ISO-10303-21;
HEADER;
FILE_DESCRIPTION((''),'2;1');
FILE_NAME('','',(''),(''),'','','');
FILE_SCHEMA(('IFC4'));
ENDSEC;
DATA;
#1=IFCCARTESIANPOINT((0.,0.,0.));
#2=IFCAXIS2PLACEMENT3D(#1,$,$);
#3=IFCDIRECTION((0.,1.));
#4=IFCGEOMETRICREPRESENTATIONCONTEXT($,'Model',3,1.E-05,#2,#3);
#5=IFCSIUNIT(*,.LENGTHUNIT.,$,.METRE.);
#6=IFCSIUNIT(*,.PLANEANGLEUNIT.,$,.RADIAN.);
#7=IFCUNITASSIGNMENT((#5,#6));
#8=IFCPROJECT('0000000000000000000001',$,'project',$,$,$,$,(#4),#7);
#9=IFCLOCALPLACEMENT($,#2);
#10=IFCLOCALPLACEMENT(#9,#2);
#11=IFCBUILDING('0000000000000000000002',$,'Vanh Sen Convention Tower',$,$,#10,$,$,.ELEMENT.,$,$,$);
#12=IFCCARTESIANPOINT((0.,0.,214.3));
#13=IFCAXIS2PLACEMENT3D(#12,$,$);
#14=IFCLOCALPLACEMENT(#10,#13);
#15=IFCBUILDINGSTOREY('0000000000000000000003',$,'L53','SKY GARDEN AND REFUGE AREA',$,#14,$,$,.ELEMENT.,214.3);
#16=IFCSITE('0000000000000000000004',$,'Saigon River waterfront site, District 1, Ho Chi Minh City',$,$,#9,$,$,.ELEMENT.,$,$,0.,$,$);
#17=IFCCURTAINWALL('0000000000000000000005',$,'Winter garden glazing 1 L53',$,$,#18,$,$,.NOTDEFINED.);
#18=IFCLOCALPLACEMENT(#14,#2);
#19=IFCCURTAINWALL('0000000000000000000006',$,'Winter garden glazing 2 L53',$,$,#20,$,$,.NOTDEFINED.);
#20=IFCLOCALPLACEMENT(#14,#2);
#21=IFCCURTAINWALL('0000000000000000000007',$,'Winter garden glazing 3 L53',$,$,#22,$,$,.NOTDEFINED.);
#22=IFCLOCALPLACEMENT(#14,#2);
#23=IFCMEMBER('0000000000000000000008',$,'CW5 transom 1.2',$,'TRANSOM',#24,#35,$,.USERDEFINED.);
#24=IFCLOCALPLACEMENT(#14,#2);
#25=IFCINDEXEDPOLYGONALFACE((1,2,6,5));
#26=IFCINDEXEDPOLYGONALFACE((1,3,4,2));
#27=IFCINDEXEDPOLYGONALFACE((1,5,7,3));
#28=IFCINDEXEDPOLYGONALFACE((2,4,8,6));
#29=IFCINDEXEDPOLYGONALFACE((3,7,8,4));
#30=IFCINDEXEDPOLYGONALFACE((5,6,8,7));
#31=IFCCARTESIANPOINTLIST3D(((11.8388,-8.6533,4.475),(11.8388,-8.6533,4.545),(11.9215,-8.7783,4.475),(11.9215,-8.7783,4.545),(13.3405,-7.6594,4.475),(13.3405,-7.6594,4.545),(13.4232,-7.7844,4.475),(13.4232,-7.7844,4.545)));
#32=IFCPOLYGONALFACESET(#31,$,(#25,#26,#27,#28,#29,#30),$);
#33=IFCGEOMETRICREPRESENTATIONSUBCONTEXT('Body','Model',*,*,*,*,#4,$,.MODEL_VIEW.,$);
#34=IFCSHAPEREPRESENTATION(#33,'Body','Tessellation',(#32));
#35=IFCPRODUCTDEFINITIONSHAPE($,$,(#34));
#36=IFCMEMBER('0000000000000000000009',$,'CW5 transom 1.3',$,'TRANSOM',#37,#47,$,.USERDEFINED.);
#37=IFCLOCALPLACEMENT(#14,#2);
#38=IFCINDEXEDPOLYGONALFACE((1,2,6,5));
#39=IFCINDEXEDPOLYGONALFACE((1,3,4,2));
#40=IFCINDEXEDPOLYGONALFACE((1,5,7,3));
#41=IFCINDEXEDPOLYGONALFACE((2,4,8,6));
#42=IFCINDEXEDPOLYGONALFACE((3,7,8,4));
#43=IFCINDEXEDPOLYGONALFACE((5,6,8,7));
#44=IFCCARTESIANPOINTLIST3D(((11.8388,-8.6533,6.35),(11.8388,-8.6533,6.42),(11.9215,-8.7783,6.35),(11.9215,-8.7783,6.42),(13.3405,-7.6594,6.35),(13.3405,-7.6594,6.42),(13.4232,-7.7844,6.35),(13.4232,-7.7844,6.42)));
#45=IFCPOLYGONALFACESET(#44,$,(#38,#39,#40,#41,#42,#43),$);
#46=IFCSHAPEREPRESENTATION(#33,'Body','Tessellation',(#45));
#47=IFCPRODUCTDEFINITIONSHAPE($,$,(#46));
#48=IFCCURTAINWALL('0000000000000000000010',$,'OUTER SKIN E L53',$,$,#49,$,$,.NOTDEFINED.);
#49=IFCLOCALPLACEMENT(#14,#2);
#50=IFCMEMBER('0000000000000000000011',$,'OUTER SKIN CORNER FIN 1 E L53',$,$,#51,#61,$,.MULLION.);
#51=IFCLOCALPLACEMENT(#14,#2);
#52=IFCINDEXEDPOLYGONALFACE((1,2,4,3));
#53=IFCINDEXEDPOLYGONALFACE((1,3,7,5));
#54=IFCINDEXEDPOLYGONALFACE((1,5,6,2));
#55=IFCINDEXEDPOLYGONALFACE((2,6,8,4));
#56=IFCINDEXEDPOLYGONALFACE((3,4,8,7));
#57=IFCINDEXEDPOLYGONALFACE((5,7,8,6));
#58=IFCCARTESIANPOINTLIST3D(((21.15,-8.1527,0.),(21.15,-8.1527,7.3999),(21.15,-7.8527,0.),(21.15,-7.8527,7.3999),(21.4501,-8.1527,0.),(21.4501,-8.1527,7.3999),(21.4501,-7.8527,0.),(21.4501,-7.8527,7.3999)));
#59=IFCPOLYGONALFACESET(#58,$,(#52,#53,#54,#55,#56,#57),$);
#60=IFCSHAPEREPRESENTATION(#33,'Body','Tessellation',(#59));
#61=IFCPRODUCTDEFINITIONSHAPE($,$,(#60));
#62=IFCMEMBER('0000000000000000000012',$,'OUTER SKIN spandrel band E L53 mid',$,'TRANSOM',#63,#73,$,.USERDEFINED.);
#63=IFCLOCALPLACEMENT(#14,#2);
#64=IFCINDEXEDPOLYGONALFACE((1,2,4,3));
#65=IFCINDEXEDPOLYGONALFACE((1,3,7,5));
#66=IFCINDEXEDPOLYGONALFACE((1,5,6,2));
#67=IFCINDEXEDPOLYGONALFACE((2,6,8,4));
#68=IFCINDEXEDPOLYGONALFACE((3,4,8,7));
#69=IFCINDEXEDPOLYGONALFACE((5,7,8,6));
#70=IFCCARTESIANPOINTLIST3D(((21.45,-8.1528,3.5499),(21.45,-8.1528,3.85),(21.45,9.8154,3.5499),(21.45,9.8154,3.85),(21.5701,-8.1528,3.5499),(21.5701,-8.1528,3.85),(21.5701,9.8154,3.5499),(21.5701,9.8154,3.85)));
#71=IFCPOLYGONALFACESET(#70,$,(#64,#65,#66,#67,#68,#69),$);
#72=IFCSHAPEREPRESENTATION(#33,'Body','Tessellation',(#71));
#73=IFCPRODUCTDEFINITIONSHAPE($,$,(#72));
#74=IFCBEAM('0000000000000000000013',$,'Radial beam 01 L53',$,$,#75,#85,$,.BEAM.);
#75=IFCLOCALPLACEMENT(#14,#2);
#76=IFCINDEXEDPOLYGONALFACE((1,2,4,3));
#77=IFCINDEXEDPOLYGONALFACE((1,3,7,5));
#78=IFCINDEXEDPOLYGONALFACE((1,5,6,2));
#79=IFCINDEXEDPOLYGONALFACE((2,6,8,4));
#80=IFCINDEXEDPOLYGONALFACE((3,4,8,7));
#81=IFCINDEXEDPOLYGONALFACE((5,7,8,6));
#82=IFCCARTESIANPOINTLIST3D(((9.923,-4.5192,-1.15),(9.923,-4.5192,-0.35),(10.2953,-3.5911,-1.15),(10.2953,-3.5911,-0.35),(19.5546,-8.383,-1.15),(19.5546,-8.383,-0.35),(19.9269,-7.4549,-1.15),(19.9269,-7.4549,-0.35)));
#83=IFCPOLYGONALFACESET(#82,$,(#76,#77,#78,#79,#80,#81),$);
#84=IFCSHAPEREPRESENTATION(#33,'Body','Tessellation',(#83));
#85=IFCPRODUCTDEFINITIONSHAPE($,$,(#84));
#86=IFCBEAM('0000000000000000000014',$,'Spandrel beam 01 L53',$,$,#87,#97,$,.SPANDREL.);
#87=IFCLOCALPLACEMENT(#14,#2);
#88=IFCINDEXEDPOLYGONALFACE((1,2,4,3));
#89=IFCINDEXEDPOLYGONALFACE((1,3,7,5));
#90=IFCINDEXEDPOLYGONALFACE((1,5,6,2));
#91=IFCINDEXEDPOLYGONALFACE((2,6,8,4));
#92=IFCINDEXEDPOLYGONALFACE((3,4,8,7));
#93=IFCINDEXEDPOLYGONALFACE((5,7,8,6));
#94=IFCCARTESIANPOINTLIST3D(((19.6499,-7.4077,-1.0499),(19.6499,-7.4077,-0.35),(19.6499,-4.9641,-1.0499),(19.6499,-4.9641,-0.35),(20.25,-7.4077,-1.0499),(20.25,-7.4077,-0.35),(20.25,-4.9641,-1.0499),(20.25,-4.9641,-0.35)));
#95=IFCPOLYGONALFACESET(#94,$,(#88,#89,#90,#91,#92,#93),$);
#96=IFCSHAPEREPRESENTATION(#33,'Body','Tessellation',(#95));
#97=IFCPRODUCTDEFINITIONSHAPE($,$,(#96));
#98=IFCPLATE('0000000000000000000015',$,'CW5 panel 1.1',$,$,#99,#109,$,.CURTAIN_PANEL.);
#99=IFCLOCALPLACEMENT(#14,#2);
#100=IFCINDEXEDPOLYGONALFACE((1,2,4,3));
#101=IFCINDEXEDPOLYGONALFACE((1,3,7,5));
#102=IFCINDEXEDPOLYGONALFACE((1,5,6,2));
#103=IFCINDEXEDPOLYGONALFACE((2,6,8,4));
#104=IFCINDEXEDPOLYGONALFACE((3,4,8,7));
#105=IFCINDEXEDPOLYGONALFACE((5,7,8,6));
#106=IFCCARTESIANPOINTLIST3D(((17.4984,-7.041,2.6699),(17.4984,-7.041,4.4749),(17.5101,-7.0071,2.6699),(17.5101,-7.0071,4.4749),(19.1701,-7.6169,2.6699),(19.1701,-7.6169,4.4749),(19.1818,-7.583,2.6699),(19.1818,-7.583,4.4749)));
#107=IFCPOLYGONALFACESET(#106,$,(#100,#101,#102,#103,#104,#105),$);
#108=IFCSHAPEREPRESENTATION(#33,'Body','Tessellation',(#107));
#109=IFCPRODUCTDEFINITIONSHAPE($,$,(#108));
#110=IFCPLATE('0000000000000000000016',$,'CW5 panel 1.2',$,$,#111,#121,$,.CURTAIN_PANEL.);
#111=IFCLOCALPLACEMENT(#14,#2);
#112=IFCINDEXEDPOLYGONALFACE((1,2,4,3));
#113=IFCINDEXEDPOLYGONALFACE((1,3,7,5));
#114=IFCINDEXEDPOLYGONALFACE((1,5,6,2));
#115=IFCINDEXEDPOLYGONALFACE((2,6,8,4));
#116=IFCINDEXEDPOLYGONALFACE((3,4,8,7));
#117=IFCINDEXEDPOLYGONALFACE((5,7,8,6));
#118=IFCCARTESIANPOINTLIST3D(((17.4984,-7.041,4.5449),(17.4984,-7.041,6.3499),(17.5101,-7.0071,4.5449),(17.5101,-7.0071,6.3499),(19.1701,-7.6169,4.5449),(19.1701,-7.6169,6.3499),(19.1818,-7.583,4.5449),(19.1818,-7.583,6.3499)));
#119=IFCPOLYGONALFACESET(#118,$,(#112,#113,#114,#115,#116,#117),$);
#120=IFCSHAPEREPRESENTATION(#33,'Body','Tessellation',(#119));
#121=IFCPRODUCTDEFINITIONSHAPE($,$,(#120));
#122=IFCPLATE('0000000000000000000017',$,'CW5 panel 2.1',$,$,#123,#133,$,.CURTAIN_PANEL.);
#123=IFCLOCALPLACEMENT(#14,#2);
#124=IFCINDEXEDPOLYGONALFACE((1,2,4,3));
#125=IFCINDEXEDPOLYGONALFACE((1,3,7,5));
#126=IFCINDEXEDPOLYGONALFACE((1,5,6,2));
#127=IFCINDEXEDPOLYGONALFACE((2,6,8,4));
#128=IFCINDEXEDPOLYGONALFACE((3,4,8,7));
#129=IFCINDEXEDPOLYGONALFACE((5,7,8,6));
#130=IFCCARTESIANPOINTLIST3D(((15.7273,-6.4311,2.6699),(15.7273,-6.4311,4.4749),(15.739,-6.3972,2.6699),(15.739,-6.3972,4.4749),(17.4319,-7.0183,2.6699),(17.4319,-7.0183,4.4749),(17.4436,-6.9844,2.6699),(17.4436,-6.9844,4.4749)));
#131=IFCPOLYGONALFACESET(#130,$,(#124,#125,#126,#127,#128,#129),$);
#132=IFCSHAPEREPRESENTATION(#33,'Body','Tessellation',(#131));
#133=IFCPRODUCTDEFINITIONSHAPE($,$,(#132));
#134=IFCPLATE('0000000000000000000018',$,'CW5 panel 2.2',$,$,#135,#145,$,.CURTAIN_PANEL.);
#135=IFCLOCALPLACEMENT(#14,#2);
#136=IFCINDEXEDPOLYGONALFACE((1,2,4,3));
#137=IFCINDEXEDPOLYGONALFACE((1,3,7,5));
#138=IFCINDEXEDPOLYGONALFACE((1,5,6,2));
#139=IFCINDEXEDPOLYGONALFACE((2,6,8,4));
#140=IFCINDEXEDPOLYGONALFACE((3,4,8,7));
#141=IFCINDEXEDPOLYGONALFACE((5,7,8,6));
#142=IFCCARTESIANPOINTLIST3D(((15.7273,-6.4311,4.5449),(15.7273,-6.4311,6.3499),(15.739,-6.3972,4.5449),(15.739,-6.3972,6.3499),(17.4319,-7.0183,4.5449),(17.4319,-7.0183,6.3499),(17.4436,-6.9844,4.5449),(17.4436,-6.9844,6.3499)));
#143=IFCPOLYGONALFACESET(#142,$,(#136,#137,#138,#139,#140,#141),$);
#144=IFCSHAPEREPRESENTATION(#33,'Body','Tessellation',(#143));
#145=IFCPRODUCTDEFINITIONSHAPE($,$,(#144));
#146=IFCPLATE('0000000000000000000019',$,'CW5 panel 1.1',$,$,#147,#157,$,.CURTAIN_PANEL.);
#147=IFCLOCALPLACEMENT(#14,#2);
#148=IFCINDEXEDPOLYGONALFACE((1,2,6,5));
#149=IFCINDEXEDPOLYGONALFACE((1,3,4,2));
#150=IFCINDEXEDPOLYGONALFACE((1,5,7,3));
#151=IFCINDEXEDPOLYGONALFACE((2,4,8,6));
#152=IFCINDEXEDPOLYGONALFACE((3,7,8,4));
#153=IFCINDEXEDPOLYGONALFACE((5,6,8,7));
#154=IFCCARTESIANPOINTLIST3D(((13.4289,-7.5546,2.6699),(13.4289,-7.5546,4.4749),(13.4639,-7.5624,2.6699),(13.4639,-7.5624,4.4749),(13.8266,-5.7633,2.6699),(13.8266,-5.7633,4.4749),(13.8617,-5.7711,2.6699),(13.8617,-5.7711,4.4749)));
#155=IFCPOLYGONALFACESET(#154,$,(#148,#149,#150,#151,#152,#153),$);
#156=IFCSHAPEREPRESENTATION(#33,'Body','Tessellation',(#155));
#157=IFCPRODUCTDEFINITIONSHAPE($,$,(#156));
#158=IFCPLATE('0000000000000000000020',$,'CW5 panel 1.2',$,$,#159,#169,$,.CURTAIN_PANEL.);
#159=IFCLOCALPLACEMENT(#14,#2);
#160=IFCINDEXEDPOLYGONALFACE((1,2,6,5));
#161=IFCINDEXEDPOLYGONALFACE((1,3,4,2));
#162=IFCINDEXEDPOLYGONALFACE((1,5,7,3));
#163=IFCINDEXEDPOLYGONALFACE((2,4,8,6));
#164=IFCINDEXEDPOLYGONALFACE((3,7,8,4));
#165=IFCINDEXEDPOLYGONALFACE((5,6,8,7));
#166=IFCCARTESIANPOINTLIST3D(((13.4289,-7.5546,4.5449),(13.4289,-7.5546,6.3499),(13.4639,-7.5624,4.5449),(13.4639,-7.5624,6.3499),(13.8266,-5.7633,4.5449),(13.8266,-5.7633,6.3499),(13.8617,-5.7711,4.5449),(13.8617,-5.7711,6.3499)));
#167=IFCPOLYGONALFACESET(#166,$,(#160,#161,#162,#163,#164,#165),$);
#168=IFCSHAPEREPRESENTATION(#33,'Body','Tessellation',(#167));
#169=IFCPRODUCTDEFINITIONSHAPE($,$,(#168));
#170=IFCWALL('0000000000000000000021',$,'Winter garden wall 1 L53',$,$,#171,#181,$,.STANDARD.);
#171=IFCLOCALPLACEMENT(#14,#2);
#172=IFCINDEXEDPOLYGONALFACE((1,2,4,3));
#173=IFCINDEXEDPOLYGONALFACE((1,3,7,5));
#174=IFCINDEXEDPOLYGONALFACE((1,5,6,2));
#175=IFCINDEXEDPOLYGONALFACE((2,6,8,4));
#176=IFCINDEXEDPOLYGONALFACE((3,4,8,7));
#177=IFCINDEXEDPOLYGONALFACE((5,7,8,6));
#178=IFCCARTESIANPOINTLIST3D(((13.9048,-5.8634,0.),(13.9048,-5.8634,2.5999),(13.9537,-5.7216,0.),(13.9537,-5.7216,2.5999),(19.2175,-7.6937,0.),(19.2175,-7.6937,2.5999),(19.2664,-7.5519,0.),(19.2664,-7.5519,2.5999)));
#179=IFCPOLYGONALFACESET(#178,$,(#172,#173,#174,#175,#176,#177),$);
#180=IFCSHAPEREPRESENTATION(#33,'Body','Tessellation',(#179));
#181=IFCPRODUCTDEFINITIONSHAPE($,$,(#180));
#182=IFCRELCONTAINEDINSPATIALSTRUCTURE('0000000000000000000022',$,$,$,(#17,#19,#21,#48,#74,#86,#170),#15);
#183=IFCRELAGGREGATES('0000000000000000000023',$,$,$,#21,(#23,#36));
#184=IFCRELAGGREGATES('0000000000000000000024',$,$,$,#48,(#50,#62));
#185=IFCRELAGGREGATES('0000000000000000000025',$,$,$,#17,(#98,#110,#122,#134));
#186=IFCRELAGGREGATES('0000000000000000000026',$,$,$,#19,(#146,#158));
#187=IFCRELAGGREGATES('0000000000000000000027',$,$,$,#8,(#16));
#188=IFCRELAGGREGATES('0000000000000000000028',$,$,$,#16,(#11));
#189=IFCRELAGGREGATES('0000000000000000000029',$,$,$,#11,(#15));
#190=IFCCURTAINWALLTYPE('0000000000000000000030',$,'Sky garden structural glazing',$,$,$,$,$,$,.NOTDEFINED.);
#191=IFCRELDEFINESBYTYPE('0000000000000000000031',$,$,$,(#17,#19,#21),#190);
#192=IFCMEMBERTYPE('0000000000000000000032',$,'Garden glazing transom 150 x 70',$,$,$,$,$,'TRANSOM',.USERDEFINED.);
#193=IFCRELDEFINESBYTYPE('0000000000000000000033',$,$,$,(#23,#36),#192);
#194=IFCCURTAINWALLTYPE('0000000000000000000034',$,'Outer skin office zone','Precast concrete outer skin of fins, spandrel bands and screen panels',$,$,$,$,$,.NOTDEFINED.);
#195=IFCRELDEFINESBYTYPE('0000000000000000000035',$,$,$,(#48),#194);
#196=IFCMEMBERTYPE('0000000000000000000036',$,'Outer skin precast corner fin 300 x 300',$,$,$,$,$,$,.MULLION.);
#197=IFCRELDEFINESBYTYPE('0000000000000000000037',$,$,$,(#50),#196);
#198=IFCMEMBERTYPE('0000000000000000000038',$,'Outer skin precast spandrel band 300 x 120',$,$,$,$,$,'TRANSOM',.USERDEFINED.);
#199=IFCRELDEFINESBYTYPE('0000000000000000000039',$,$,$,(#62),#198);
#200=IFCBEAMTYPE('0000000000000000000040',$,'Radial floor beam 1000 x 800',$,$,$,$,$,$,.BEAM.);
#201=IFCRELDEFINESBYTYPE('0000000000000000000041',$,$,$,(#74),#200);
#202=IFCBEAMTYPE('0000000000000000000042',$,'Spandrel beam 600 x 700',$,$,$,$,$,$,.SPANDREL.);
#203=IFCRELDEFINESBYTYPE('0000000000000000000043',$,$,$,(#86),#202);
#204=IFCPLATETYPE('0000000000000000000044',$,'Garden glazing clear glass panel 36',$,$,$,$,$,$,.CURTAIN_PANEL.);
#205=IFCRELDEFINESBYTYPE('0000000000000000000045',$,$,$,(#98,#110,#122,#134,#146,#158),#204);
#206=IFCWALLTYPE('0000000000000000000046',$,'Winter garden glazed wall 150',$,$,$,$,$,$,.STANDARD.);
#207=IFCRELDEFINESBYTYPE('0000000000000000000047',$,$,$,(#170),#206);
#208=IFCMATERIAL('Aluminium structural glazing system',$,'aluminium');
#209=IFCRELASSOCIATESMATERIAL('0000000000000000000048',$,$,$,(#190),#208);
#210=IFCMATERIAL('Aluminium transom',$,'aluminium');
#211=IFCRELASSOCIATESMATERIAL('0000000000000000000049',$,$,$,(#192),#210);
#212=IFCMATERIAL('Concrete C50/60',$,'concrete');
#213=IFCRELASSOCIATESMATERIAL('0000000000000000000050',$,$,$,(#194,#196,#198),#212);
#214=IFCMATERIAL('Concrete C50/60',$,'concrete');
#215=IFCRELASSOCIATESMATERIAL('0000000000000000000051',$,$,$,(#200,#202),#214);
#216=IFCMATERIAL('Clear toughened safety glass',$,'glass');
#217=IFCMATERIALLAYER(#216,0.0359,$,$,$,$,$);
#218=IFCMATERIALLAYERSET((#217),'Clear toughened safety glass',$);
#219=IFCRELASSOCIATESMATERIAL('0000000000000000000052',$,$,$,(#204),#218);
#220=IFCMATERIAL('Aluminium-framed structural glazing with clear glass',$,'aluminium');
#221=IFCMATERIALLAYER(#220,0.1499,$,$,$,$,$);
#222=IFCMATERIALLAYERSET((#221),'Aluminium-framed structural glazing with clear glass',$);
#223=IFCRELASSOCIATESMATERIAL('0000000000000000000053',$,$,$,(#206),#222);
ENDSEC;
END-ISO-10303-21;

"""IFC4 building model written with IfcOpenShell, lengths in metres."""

from ifc_helpers import new_model, si_unit, direction, frame, frame_2d, origin, origin_2d, place, context, subcontext, project, spatial, rectangle, extrude, material, layer, layer_set, material_profile, profile_set, type_object, element, aggregate, save


model = new_model("IFC4")

# Units and contexts
model_context = context("Model", 3, precision=1e-05, world=origin(), true_north=direction((0.0, 1.0)))
body_context = subcontext(model_context, "Body", "Model", "MODEL_VIEW")
ifc_project = project(units=[si_unit("LENGTHUNIT", "METRE"), si_unit("PLANEANGLEUNIT", "RADIAN")], contexts=[model_context])

# Site, building, storey
site_placement = place(None, origin())
site = spatial("IfcSite", under=ifc_project, at=site_placement, Name="Saigon River waterfront site, District 1, Ho Chi Minh City", CompositionType="ELEMENT", RefElevation=0.0)
building_placement = place(site_placement, origin())
building = spatial("IfcBuilding", under=site, at=building_placement, Name="Vanh Sen Convention Tower", CompositionType="ELEMENT")
storey_placement = place(building_placement, frame((0.0, 0.0, 214.3)))
storey = spatial("IfcBuildingStorey", under=building, at=storey_placement, Name="L53", Description="SKY GARDEN AND REFUGE AREA", CompositionType="ELEMENT", Elevation=214.3)

# Curtain wall
ifc_material_1 = material(Name="Aluminium structural glazing system", Category="aluminium")
curtain_wall_type_1 = type_object("IfcCurtainWallType", Name="Sky garden structural glazing", PredefinedType="NOTDEFINED", material=ifc_material_1)
curtain_wall_1_placement = place(storey_placement, origin())
curtain_wall_1 = element("IfcCurtainWall", 1, at=curtain_wall_1_placement, inside=storey, type_object=curtain_wall_type_1, Name="Winter garden glazing 1 L53", PredefinedType="NOTDEFINED")

# Curtain walls
curtain_wall_2_placement = place(storey_placement, origin())
curtain_wall_2 = element("IfcCurtainWall", 2, at=curtain_wall_2_placement, inside=storey, type_object=curtain_wall_type_1, Name="Winter garden glazing 2 L53", PredefinedType="NOTDEFINED")
curtain_wall_3_placement = place(storey_placement, origin())
curtain_wall_3 = element("IfcCurtainWall", 3, at=curtain_wall_3_placement, inside=storey, type_object=curtain_wall_type_1, Name="Winter garden glazing 3 L53", PredefinedType="NOTDEFINED")

# Members
ifc_material_2 = material(Name="Aluminium transom", Category="aluminium")
ifc_material_profile_1 = material_profile(ifc_material_2, rectangle(XDim=0.1499, YDim=0.0701, at=origin_2d()), Name="Garden glazing transom 150 x 70")
ifc_profile_set_1 = profile_set([ifc_material_profile_1], Name="Aluminium transom")
member_type_1 = type_object("IfcMemberType", Name="Garden glazing transom 150 x 70", ElementType="TRANSOM", PredefinedType="USERDEFINED", material=ifc_profile_set_1)
member_1_placement = place(storey_placement, frame((13.3818, -7.7219, 4.51), z_axis=(-0.833902, -0.551913, 0.0), x_axis=(0.551913, -0.833902, 0.0)))
member_1 = element("IfcMember", 4, at=member_1_placement, type_object=member_type_1, Name="CW5 transom 1.2", ObjectType="TRANSOM", PredefinedType="USERDEFINED", context=body_context, shape_type="SweptSolid", body=[
    extrude(rectangle(XDim=0.1499, YDim=0.0701, at=origin_2d()), origin(), (0.0, 0.0, 1.0), 1.8008),
])
member_2_placement = place(storey_placement, frame((13.3818, -7.7219, 6.385), z_axis=(-0.833902, -0.551913, 0.0), x_axis=(0.551913, -0.833902, 0.0)))
member_2 = element("IfcMember", 5, at=member_2_placement, type_object=member_type_1, Name="CW5 transom 1.3", ObjectType="TRANSOM", PredefinedType="USERDEFINED", context=body_context, shape_type="SweptSolid", body=[
    extrude(rectangle(XDim=0.1499, YDim=0.0701, at=origin_2d()), origin(), (0.0, 0.0, 1.0), 1.8008),
])
aggregate(curtain_wall_3, [member_1, member_2])

# Curtain wall, members
ifc_material_3 = material(Name="Concrete C50/60", Category="concrete")
curtain_wall_type_2 = type_object("IfcCurtainWallType", Name="Outer skin office zone", Description="Precast concrete outer skin of fins, spandrel bands and screen panels", PredefinedType="NOTDEFINED", material=ifc_material_3)
curtain_wall_4_placement = place(storey_placement, origin())
curtain_wall_4 = element("IfcCurtainWall", 6, at=curtain_wall_4_placement, inside=storey, type_object=curtain_wall_type_2, Name="OUTER SKIN E L53", PredefinedType="NOTDEFINED")
ifc_material_profile_2 = material_profile(ifc_material_3, rectangle(XDim=0.3, YDim=0.3, at=origin_2d()), Name="Outer skin precast corner fin 300 x 300")
ifc_profile_set_2 = profile_set([ifc_material_profile_2], Name="Concrete C50/60")
member_type_2 = type_object("IfcMemberType", Name="Outer skin precast corner fin 300 x 300", PredefinedType="MULLION", material=ifc_profile_set_2)
member_3_placement = place(storey_placement, frame((21.3, -8.0027, 0.0), z_axis=(0.0, 0.0, 1.0), x_axis=(0.0, 1.0, 0.0)))
member_3 = element("IfcMember", 7, at=member_3_placement, type_object=member_type_2, Name="OUTER SKIN CORNER FIN 1 E L53", PredefinedType="MULLION", context=body_context, shape_type="SweptSolid", body=[
    extrude(rectangle(XDim=0.3, YDim=0.3, at=origin_2d()), origin(), (0.0, 0.0, 1.0), 7.3999),
])
ifc_material_profile_3 = material_profile(ifc_material_3, rectangle(XDim=0.1201, YDim=0.3, at=origin_2d()), Name="Outer skin precast spandrel band 300 x 120")
ifc_profile_set_3 = profile_set([ifc_material_profile_3], Name="Concrete C50/60")
member_type_3 = type_object("IfcMemberType", Name="Outer skin precast spandrel band 300 x 120", ElementType="TRANSOM", PredefinedType="USERDEFINED", material=ifc_profile_set_3)
member_4_placement = place(storey_placement, frame((21.51, -8.1528, 3.7), z_axis=(0.0, 1.0, 0.0), x_axis=(-1.0, 0.0, 0.0)))
member_4 = element("IfcMember", 8, at=member_4_placement, type_object=member_type_3, Name="OUTER SKIN spandrel band E L53 mid", ObjectType="TRANSOM", PredefinedType="USERDEFINED", context=body_context, shape_type="SweptSolid", body=[
    extrude(rectangle(XDim=0.1201, YDim=0.3, at=origin_2d()), origin(), (0.0, 0.0, 1.0), 17.9683),
])
aggregate(curtain_wall_4, [member_3, member_4])

# Beams
ifc_material_4 = material(Name="Concrete C50/60", Category="concrete")
ifc_material_profile_4 = material_profile(ifc_material_4, rectangle(XDim=1.0, YDim=0.8, at=origin_2d()), Name="RC 1000X800")
ifc_profile_set_4 = profile_set([ifc_material_profile_4], Name="Concrete C50/60")
beam_type_1 = type_object("IfcBeamType", Name="Radial floor beam 1000 x 800", PredefinedType="BEAM", material=ifc_profile_set_4)
beam_1_placement = place(storey_placement, frame((19.7407, -7.9189, -0.75), z_axis=(-0.928106, 0.372315, 0.0), x_axis=(-0.372315, -0.928106, 0.0)))
element("IfcBeam", 9, at=beam_1_placement, inside=storey, type_object=beam_type_1, Name="Radial beam 01 L53", PredefinedType="BEAM", context=body_context, shape_type="SweptSolid", body=[
    extrude(rectangle(XDim=1.0, YDim=0.8, at=origin_2d()), origin(), (0.0, 0.0, 1.0), 10.3777),
])
ifc_material_profile_5 = material_profile(ifc_material_4, rectangle(XDim=0.6001, YDim=0.7, at=origin_2d()), Name="RC 600X700")
ifc_profile_set_5 = profile_set([ifc_material_profile_5], Name="Concrete C50/60")
beam_type_2 = type_object("IfcBeamType", Name="Spandrel beam 600 x 700", PredefinedType="SPANDREL", material=ifc_profile_set_5)
beam_2_placement = place(storey_placement, frame((19.95, -7.4077, -0.7), z_axis=(0.0, 1.0, 0.0), x_axis=(-1.0, 0.0, 0.0)))
element("IfcBeam", 10, at=beam_2_placement, inside=storey, type_object=beam_type_2, Name="Spandrel beam 01 L53", PredefinedType="SPANDREL", context=body_context, shape_type="SweptSolid", body=[
    extrude(rectangle(XDim=0.6001, YDim=0.7, at=origin_2d()), origin(), (0.0, 0.0, 1.0), 2.4436),
])

# Plates
ifc_material_5 = material(Name="Clear toughened safety glass", Category="glass")
ifc_layer_1 = layer(ifc_material_5, 0.0359)
ifc_layer_set_1 = layer_set([ifc_layer_1], Name="Clear toughened safety glass")
plate_type = type_object("IfcPlateType", Name="Garden glazing clear glass panel 36", PredefinedType="CURTAIN_PANEL", material=ifc_layer_set_1)
plate_1_placement = place(storey_placement, frame((18.3401, -7.312, 2.6699), z_axis=(0.0, 0.0, 1.0), x_axis=(-0.945474, 0.325699, 0.0)))
plate_1 = element("IfcPlate", 11, at=plate_1_placement, type_object=plate_type, Name="CW5 panel 1.1", PredefinedType="CURTAIN_PANEL", context=body_context, shape_type="SweptSolid", body=[
    extrude(rectangle(XDim=1.7681, YDim=0.0359, at=origin_2d()), origin(), (0.0, 0.0, 1.0), 1.8049),
])
plate_2_placement = place(storey_placement, frame((18.3401, -7.312, 4.5449), z_axis=(0.0, 0.0, 1.0), x_axis=(-0.945474, 0.325699, 0.0)))
plate_2 = element("IfcPlate", 12, at=plate_2_placement, type_object=plate_type, Name="CW5 panel 1.2", PredefinedType="CURTAIN_PANEL", context=body_context, shape_type="SweptSolid", body=[
    extrude(rectangle(XDim=1.7681, YDim=0.0359, at=origin_2d()), origin(), (0.0, 0.0, 1.0), 1.8049),
])
plate_3_placement = place(storey_placement, frame((16.5854, -6.7078, 2.6699), z_axis=(0.0, 0.0, 1.0), x_axis=(-0.945474, 0.325699, 0.0)))
plate_3 = element("IfcPlate", 13, at=plate_3_placement, type_object=plate_type, Name="CW5 panel 2.1", PredefinedType="CURTAIN_PANEL", context=body_context, shape_type="SweptSolid", body=[
    extrude(rectangle(XDim=1.803, YDim=0.0359, at=origin_2d()), origin(), (0.0, 0.0, 1.0), 1.8049),
])
plate_4_placement = place(storey_placement, frame((16.5854, -6.7078, 4.5449), z_axis=(0.0, 0.0, 1.0), x_axis=(-0.945474, 0.325699, 0.0)))
plate_4 = element("IfcPlate", 14, at=plate_4_placement, type_object=plate_type, Name="CW5 panel 2.2", PredefinedType="CURTAIN_PANEL", context=body_context, shape_type="SweptSolid", body=[
    extrude(rectangle(XDim=1.803, YDim=0.0359, at=origin_2d()), origin(), (0.0, 0.0, 1.0), 1.8049),
])
aggregate(curtain_wall_1, [plate_1, plate_2, plate_3, plate_4])
plate_5_placement = place(storey_placement, frame((13.6453, -6.6628, 2.6699), z_axis=(0.0, 0.0, 1.0), x_axis=(-0.216775, -0.976222, 0.0)))
plate_5 = element("IfcPlate", 15, at=plate_5_placement, type_object=plate_type, Name="CW5 panel 1.1", PredefinedType="CURTAIN_PANEL", context=body_context, shape_type="SweptSolid", body=[
    extrude(rectangle(XDim=1.835, YDim=0.0359, at=origin_2d()), origin(), (0.0, 0.0, 1.0), 1.8049),
])
plate_6_placement = place(storey_placement, frame((13.6453, -6.6628, 4.5449), z_axis=(0.0, 0.0, 1.0), x_axis=(-0.216775, -0.976222, 0.0)))
plate_6 = element("IfcPlate", 16, at=plate_6_placement, type_object=plate_type, Name="CW5 panel 1.2", PredefinedType="CURTAIN_PANEL", context=body_context, shape_type="SweptSolid", body=[
    extrude(rectangle(XDim=1.835, YDim=0.0359, at=origin_2d()), origin(), (0.0, 0.0, 1.0), 1.8049),
])
aggregate(curtain_wall_2, [plate_5, plate_6])

# Wall
ifc_material_6 = material(Name="Aluminium-framed structural glazing with clear glass", Category="aluminium")
ifc_layer_2 = layer(ifc_material_6, 0.1499)
ifc_layer_set_2 = layer_set([ifc_layer_2], Name="Aluminium-framed structural glazing with clear glass")
wall_type = type_object("IfcWallType", Name="Winter garden glazed wall 150", PredefinedType="STANDARD", material=ifc_layer_set_2)
wall_1_placement = place(storey_placement, frame((19.2419, -7.6228, 0.0), z_axis=(0.0, 0.0, 1.0), x_axis=(-0.945464, 0.325727, 0.0)))
element("IfcWall", 17, at=wall_1_placement, inside=storey, type_object=wall_type, Name="Winter garden wall 1 L53", PredefinedType="STANDARD", context=body_context, shape_type="SweptSolid", body=[
    extrude(rectangle(XDim=5.6191, YDim=0.1499, at=frame_2d((2.8096, 0.0))), origin(), (0.0, 0.0, 1.0), 2.5999),
])

save(model, "model.ifc")
